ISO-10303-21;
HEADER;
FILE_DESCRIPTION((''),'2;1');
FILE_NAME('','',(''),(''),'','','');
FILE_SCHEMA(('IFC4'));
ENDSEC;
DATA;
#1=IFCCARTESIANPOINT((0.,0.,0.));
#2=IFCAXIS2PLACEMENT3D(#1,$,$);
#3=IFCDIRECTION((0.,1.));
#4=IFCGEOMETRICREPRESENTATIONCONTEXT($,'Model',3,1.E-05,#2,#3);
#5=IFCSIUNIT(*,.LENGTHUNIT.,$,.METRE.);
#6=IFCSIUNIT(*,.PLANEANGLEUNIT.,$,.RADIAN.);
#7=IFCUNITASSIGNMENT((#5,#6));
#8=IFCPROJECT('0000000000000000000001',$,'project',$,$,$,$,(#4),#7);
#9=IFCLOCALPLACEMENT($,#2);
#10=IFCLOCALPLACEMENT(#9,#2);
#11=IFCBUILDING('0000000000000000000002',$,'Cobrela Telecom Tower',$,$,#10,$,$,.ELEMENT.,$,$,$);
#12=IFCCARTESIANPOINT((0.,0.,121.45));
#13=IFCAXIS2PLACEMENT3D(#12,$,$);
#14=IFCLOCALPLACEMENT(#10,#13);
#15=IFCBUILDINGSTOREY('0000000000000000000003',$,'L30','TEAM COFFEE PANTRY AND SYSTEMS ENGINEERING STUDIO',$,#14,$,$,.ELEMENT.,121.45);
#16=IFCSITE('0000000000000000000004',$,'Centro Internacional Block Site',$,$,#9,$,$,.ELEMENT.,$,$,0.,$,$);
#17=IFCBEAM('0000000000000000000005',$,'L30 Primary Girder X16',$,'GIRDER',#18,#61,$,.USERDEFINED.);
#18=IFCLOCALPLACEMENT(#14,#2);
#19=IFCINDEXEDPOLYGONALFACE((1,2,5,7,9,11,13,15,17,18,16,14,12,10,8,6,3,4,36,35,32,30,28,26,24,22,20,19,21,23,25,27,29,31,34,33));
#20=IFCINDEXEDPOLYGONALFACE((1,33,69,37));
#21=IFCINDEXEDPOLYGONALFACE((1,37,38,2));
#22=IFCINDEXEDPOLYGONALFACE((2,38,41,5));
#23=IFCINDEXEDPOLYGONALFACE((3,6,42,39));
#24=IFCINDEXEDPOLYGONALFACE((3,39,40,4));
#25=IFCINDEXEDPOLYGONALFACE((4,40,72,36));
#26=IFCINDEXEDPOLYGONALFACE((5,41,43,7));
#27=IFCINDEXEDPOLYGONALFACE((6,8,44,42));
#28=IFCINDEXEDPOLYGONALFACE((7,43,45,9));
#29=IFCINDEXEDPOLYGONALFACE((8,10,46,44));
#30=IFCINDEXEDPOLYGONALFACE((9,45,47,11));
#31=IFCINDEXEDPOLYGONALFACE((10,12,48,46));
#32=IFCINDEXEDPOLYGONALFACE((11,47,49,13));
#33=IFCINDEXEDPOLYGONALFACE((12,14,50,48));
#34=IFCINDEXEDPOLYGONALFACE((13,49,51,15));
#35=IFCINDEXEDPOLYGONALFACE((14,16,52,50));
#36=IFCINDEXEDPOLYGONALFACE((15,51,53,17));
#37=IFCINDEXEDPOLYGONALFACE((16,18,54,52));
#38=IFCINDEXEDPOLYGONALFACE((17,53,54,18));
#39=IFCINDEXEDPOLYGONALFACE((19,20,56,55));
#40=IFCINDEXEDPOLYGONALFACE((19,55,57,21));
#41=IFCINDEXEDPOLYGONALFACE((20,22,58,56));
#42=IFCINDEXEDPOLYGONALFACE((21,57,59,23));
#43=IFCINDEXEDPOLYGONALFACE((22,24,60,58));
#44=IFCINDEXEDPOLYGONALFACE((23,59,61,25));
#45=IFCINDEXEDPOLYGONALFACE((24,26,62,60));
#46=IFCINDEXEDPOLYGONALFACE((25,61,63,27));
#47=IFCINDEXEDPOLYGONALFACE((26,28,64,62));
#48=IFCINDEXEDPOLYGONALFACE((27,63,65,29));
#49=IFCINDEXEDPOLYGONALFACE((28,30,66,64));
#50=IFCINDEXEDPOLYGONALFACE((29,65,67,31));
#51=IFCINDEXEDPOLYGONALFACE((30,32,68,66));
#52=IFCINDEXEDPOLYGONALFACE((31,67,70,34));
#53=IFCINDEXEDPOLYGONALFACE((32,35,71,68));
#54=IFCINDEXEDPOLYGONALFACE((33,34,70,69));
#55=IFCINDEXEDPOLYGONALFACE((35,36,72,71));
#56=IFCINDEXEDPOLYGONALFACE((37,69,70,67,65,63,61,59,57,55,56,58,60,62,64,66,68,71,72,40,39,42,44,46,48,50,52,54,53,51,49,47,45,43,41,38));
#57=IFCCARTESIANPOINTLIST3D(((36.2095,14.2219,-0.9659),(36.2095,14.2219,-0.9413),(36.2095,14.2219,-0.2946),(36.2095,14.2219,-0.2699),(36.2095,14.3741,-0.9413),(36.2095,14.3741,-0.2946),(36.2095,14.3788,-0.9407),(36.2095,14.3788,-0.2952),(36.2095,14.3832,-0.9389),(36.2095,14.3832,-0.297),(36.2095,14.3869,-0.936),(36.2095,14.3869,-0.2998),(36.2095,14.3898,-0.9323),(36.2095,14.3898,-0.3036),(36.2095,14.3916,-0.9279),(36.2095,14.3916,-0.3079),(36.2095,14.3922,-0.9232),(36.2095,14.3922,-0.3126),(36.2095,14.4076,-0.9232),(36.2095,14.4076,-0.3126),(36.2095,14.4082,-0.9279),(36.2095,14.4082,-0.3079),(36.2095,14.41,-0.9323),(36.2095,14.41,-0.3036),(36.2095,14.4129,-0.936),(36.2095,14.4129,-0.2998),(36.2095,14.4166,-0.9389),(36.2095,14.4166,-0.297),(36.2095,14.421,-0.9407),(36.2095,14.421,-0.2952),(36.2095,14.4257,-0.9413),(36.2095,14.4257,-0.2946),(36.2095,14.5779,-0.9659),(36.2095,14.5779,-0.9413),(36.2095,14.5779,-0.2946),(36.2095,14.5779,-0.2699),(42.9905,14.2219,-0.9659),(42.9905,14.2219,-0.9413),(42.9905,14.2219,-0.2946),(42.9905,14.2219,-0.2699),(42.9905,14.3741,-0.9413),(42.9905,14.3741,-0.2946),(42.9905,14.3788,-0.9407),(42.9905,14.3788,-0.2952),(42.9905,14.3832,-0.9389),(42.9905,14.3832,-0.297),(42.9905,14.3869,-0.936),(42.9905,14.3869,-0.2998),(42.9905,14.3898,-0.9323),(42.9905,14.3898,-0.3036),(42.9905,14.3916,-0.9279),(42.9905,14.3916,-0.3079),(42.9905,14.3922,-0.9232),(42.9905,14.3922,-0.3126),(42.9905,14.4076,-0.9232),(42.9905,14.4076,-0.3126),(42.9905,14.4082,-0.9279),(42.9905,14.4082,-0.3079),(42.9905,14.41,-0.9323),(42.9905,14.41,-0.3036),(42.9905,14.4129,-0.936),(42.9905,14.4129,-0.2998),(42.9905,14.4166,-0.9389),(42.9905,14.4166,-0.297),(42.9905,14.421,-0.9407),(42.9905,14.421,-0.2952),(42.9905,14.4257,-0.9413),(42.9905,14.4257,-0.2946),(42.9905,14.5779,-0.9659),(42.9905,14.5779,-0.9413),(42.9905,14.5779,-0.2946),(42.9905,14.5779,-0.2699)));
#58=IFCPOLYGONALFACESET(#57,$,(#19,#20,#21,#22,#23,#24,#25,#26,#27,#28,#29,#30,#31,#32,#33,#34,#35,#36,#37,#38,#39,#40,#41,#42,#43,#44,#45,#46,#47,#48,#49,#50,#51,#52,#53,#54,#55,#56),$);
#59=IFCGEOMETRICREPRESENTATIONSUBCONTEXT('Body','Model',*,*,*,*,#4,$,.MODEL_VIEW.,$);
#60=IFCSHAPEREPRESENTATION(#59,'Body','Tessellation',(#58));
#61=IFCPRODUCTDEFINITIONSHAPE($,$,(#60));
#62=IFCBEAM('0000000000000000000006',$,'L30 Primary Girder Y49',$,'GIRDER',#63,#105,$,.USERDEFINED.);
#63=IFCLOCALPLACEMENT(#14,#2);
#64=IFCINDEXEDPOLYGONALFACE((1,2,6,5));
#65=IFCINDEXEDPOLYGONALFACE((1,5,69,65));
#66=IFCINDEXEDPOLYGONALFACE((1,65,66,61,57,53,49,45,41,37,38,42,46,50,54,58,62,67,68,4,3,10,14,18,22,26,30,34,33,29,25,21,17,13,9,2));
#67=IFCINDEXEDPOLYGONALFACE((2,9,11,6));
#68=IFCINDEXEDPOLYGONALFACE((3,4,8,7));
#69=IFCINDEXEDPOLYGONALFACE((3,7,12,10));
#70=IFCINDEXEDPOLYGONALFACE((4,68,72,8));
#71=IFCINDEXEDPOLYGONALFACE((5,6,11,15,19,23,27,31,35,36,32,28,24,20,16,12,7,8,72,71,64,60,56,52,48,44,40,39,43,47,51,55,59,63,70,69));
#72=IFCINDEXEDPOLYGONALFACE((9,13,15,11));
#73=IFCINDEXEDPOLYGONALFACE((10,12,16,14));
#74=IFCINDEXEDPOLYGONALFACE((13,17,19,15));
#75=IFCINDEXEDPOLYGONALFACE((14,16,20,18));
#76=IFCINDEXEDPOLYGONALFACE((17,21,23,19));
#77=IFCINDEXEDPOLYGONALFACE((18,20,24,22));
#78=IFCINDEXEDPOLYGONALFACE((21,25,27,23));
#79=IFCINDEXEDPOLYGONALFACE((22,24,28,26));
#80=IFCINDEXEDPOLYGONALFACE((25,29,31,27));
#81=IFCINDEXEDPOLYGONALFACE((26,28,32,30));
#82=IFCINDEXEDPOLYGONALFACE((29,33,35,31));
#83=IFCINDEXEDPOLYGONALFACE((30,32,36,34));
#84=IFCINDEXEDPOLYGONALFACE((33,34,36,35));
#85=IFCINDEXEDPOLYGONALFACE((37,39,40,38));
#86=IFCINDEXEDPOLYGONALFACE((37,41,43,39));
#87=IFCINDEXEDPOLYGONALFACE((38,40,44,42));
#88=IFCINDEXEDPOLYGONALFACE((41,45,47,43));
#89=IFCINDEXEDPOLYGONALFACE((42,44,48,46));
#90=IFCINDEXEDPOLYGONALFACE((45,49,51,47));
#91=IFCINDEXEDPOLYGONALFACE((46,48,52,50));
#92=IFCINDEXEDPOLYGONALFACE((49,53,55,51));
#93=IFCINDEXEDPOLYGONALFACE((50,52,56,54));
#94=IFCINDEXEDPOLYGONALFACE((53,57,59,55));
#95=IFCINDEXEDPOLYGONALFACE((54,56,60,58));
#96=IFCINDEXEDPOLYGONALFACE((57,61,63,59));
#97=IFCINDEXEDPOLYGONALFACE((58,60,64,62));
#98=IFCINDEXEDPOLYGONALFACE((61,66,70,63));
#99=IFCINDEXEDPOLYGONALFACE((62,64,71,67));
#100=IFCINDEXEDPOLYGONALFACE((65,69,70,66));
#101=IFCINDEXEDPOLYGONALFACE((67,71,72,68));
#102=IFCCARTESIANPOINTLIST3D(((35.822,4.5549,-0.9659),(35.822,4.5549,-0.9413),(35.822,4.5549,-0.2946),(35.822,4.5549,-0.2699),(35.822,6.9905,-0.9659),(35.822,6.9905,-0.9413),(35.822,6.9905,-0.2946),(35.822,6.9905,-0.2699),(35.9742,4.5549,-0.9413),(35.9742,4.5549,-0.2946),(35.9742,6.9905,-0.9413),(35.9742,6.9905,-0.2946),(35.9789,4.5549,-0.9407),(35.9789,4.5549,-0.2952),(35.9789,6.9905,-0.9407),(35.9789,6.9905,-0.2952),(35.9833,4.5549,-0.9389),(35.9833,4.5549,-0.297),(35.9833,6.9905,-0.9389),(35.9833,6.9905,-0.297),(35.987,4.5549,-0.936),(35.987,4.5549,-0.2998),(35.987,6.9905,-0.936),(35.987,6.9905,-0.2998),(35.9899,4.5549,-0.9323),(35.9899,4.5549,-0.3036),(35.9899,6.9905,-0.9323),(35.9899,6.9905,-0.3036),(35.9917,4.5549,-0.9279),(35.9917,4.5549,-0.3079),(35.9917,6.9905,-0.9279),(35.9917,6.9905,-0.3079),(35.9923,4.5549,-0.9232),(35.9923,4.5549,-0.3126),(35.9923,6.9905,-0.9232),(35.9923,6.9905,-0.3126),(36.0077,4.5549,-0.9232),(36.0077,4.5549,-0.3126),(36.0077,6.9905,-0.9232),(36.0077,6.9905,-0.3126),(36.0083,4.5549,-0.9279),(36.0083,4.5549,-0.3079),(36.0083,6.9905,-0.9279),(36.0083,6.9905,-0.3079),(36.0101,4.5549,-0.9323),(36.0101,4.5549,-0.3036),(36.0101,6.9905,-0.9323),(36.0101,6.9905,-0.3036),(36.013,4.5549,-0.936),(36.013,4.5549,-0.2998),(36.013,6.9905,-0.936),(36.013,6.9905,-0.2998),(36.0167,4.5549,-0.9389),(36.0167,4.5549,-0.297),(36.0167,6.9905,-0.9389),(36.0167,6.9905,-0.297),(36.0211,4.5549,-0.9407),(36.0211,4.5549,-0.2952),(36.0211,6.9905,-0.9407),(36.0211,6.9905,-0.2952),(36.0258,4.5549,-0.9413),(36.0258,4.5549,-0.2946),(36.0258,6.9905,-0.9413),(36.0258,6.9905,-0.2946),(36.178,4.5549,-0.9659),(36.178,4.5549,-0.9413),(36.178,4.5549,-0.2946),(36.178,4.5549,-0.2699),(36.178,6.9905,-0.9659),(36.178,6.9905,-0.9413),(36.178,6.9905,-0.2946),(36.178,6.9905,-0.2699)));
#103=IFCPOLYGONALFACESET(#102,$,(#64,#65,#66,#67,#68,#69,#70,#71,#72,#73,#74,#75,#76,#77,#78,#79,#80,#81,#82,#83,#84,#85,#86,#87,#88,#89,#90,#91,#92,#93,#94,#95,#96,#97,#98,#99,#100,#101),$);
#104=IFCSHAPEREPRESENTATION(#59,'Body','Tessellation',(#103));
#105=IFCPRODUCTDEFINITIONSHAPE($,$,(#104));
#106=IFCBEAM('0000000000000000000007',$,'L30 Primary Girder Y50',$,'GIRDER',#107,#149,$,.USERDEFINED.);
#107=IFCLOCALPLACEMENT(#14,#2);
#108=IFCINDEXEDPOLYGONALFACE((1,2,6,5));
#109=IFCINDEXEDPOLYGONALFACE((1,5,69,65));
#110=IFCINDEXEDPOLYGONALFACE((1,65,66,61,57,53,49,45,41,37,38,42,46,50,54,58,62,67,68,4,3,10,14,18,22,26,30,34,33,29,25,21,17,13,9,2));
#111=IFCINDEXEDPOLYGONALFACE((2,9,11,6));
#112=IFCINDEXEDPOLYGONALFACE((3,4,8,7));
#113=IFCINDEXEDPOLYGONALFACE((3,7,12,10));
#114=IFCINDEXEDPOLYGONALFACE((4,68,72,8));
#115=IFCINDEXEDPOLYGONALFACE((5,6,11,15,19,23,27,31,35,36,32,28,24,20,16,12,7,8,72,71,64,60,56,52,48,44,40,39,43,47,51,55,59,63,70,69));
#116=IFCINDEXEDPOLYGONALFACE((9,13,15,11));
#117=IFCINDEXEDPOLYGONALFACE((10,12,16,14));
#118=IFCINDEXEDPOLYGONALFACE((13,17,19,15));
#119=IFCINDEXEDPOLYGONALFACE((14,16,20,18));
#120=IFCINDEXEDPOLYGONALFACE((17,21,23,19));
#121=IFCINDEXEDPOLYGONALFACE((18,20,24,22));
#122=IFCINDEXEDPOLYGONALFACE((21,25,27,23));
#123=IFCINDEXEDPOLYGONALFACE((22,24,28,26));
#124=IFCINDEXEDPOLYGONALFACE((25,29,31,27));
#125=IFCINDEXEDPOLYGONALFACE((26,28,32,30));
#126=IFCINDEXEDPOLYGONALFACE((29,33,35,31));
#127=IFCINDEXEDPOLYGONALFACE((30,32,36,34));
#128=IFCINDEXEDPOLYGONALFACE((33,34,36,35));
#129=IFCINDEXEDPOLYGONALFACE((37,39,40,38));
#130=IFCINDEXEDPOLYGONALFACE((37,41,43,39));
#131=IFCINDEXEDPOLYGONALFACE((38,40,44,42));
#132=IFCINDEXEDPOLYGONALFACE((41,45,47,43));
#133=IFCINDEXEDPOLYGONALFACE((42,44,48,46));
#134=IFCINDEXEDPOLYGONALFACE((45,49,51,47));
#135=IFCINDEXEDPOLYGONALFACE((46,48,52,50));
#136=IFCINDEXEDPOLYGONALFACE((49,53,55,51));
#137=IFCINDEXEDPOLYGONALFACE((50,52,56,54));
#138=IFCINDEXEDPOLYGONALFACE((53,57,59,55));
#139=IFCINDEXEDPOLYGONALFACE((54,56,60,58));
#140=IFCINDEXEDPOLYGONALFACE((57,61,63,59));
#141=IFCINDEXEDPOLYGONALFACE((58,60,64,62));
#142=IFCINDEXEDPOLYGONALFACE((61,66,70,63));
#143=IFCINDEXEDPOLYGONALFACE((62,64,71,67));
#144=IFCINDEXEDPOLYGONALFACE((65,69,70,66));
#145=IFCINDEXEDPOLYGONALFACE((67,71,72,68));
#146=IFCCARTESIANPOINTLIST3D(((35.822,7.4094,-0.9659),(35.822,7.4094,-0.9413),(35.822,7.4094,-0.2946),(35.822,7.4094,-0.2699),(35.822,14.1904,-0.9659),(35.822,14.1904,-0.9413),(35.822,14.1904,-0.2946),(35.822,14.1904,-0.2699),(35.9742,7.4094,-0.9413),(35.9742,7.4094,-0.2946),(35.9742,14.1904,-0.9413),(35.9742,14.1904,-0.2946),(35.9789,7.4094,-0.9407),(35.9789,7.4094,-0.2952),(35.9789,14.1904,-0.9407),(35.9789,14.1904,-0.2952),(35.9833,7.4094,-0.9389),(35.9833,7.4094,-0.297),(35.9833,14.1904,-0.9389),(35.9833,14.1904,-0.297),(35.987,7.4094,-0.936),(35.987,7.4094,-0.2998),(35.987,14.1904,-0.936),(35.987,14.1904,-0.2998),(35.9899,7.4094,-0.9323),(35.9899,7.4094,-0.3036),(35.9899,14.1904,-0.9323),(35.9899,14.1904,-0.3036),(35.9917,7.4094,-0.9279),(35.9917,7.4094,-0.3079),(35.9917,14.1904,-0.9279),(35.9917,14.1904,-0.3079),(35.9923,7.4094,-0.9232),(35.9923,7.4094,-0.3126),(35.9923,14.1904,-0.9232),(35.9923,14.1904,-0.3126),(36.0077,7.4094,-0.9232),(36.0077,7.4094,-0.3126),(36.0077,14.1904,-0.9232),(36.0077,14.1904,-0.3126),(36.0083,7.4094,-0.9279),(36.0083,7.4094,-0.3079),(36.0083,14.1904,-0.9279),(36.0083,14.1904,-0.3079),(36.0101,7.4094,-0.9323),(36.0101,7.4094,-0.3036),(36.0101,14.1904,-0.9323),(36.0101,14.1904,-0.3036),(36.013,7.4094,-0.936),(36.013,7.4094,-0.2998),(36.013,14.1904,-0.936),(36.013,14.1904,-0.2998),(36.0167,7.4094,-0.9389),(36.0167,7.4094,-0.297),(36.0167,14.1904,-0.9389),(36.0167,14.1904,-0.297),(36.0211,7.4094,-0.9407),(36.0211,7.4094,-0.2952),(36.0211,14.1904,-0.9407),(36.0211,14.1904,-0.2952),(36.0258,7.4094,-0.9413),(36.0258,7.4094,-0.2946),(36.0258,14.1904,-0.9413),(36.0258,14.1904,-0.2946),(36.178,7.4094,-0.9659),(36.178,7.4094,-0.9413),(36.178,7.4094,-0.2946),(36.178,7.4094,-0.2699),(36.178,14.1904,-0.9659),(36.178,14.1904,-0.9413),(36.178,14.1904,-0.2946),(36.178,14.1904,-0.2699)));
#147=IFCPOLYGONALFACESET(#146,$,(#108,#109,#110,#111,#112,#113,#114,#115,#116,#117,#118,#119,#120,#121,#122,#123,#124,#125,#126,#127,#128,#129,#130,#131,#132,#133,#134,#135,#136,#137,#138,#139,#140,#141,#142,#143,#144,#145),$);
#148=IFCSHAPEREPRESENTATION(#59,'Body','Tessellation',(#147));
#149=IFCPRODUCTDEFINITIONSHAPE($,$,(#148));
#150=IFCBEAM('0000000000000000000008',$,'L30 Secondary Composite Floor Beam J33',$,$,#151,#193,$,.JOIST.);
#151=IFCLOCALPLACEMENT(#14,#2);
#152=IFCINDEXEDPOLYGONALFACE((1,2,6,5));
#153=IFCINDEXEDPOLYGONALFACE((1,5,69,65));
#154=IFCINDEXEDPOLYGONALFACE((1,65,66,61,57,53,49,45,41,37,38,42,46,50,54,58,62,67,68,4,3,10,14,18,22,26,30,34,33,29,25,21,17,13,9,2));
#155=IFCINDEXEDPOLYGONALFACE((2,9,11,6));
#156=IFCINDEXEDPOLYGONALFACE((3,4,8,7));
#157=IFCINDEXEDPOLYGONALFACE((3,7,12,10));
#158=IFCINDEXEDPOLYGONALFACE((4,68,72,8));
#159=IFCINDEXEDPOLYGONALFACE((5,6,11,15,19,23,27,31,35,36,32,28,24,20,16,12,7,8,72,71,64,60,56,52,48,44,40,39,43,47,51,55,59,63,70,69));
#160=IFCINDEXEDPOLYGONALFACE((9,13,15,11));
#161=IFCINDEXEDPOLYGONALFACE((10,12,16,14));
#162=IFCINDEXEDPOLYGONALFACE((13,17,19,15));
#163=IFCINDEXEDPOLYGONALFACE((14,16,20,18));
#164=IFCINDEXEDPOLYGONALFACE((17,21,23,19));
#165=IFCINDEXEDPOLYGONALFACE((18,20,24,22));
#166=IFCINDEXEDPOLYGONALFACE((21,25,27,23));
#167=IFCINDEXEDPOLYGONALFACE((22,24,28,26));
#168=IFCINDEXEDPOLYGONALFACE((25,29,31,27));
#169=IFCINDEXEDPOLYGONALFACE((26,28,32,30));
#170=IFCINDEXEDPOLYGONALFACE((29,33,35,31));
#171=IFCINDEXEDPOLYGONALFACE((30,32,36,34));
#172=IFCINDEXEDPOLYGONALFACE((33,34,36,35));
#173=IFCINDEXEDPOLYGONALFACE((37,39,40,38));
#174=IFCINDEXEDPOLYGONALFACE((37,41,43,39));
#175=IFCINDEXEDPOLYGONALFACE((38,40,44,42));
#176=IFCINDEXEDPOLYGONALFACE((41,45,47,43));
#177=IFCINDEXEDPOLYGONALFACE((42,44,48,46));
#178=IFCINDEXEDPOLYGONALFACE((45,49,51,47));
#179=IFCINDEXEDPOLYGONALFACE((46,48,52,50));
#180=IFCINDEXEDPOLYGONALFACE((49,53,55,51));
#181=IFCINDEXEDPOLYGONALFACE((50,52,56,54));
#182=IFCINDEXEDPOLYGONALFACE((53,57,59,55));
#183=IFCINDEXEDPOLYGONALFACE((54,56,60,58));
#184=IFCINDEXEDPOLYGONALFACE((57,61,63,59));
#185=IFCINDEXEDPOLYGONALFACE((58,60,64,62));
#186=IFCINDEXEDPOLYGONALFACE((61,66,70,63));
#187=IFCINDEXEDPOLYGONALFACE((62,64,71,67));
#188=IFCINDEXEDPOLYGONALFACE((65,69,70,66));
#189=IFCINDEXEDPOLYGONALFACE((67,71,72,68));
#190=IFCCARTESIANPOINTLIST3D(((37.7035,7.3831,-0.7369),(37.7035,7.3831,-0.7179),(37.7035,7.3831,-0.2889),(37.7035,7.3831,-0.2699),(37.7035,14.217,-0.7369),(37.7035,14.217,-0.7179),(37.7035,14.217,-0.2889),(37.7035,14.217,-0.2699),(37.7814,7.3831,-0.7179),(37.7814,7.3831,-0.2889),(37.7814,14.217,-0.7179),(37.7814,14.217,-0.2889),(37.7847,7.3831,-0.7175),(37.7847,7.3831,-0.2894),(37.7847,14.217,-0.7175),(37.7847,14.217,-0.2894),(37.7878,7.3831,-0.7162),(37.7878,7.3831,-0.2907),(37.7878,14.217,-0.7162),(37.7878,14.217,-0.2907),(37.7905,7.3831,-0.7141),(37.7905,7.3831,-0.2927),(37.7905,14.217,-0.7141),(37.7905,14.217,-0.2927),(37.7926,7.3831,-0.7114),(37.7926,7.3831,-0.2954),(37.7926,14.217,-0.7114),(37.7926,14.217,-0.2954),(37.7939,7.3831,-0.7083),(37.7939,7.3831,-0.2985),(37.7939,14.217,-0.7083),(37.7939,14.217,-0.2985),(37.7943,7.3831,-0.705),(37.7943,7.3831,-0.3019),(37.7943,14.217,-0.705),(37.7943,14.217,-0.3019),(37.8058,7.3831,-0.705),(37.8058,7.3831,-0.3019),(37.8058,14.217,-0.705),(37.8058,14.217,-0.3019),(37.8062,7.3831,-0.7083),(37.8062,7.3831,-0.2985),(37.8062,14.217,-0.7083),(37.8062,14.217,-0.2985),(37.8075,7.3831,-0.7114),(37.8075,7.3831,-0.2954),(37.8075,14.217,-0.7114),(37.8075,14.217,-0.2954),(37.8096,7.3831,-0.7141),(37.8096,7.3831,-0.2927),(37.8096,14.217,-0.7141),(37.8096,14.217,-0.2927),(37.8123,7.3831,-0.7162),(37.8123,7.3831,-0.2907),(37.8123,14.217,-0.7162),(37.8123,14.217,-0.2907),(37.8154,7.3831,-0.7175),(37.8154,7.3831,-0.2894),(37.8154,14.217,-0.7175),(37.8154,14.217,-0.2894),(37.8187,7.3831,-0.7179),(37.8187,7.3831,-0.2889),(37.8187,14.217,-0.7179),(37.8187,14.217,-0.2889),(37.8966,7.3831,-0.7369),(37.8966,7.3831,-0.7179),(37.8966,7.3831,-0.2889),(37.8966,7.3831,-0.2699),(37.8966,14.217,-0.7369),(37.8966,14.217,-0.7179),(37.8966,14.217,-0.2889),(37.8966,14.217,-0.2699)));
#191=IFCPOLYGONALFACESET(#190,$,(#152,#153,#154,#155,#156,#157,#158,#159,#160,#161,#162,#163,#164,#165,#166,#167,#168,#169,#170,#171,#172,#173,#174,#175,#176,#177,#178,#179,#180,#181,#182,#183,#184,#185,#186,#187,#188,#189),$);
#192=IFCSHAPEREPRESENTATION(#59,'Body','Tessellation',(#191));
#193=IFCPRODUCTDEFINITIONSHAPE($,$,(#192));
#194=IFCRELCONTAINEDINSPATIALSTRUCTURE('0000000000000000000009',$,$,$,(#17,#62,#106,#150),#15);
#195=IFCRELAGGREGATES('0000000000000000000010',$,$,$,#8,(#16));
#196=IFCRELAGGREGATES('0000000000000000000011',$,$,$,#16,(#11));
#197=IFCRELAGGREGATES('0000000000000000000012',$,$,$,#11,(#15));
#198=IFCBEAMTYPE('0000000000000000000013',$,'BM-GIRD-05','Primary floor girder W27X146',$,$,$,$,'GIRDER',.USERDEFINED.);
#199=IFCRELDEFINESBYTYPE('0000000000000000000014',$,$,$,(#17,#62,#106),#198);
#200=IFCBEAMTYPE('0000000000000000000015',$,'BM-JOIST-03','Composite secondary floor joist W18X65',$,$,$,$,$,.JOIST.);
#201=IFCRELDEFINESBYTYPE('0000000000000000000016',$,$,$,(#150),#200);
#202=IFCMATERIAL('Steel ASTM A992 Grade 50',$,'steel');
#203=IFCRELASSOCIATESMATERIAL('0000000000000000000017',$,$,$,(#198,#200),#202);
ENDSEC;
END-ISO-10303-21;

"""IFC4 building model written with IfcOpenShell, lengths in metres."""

from ifc_helpers import new_model, si_unit, direction, frame, origin, origin_2d, place, context, subcontext, project, spatial, i_section, extrude, material, material_profile, profile_set, type_object, element, save


model = new_model("IFC4")

# Units and contexts
model_context = context("Model", 3, precision=1e-05, world=origin(), true_north=direction((0.0, 1.0)))
body_context = subcontext(model_context, "Body", "Model", "MODEL_VIEW")
ifc_project = project(units=[si_unit("LENGTHUNIT", "METRE"), si_unit("PLANEANGLEUNIT", "RADIAN")], contexts=[model_context])

# Site, building, storey
site_placement = place(None, origin())
site = spatial("IfcSite", under=ifc_project, at=site_placement, Name="Centro Internacional Block Site", CompositionType="ELEMENT", RefElevation=0.0)
building_placement = place(site_placement, origin())
building = spatial("IfcBuilding", under=site, at=building_placement, Name="Cobrela Telecom Tower", CompositionType="ELEMENT")
storey_placement = place(building_placement, frame((0.0, 0.0, 121.45)))
storey = spatial("IfcBuildingStorey", under=building, at=storey_placement, Name="L30", Description="TEAM COFFEE PANTRY AND SYSTEMS ENGINEERING STUDIO", CompositionType="ELEMENT", Elevation=121.45)

# Shared definitions
ifc_material_1 = material(Name="Steel ASTM A992 Grade 50", Category="steel")

# Beams
ifc_material_profile_1 = material_profile(ifc_material_1, i_section(OverallWidth=0.356, OverallDepth=0.696, WebThickness=0.0154, FlangeThickness=0.0247, FilletRadius=0.0181, at=origin_2d()), Name="W27X146")
ifc_profile_set_1 = profile_set([ifc_material_profile_1], Name="Steel ASTM A992 Grade 50")
beam_type_1 = type_object("IfcBeamType", Name="BM-GIRD-05", Description="Primary floor girder W27X146", ElementType="GIRDER", PredefinedType="USERDEFINED", material=ifc_profile_set_1)
beam_1_placement = place(storey_placement, frame((36.2095, 14.3999, -0.6179), z_axis=(1.0, 0.0, 0.0), x_axis=(0.0, 1.0, 0.0)))
element("IfcBeam", 1, at=beam_1_placement, inside=storey, type_object=beam_type_1, Name="L30 Primary Girder X16", ObjectType="GIRDER", PredefinedType="USERDEFINED", context=body_context, shape_type="SweptSolid", body=[
    extrude(i_section(OverallWidth=0.356, OverallDepth=0.696, WebThickness=0.0154, FlangeThickness=0.0247, FilletRadius=0.0181, at=origin_2d()), origin(), (0.0, 0.0, 1.0), 6.781),
])
beam_2_placement = place(storey_placement, frame((36.0, 4.5549, -0.6179), z_axis=(0.0, 1.0, 0.0), x_axis=(-1.0, 0.0, 0.0)))
element("IfcBeam", 2, at=beam_2_placement, inside=storey, type_object=beam_type_1, Name="L30 Primary Girder Y49", ObjectType="GIRDER", PredefinedType="USERDEFINED", context=body_context, shape_type="SweptSolid", body=[
    extrude(i_section(OverallWidth=0.356, OverallDepth=0.696, WebThickness=0.0154, FlangeThickness=0.0247, FilletRadius=0.0181, at=origin_2d()), origin(), (0.0, 0.0, 1.0), 2.4355),
])
beam_3_placement = place(storey_placement, frame((36.0, 7.4094, -0.6179), z_axis=(0.0, 1.0, 0.0), x_axis=(-1.0, 0.0, 0.0)))
element("IfcBeam", 3, at=beam_3_placement, inside=storey, type_object=beam_type_1, Name="L30 Primary Girder Y50", ObjectType="GIRDER", PredefinedType="USERDEFINED", context=body_context, shape_type="SweptSolid", body=[
    extrude(i_section(OverallWidth=0.356, OverallDepth=0.696, WebThickness=0.0154, FlangeThickness=0.0247, FilletRadius=0.0181, at=origin_2d()), origin(), (0.0, 0.0, 1.0), 6.781),
])
ifc_material_profile_2 = material_profile(ifc_material_1, i_section(OverallWidth=0.1931, OverallDepth=0.467, WebThickness=0.0115, FlangeThickness=0.019, FilletRadius=0.0129, at=origin_2d()), Name="W18X65")
ifc_profile_set_2 = profile_set([ifc_material_profile_2], Name="Steel ASTM A992 Grade 50")
beam_type_2 = type_object("IfcBeamType", Name="BM-JOIST-03", Description="Composite secondary floor joist W18X65", PredefinedType="JOIST", material=ifc_profile_set_2)
for number, where, z_axis, x_axis, name in (
    (4, (37.8, 7.3831, -0.5034), (0.0, 1.0, 0.0), (-1.0, 0.0, 0.0), "L30 Secondary Composite Floor Beam J33"),
):
    element("IfcBeam", number, at=place(storey_placement, frame(where, z_axis=z_axis, x_axis=x_axis)), inside=storey, type_object=beam_type_2, Name=name, PredefinedType="JOIST", context=body_context, shape_type="SweptSolid", body=[
        extrude(i_section(OverallWidth=0.1931, OverallDepth=0.467, WebThickness=0.0115, FlangeThickness=0.019, FilletRadius=0.0129, at=origin_2d()), origin(), (0.0, 0.0, 1.0), 6.834),
    ])

save(model, "model.ifc")
